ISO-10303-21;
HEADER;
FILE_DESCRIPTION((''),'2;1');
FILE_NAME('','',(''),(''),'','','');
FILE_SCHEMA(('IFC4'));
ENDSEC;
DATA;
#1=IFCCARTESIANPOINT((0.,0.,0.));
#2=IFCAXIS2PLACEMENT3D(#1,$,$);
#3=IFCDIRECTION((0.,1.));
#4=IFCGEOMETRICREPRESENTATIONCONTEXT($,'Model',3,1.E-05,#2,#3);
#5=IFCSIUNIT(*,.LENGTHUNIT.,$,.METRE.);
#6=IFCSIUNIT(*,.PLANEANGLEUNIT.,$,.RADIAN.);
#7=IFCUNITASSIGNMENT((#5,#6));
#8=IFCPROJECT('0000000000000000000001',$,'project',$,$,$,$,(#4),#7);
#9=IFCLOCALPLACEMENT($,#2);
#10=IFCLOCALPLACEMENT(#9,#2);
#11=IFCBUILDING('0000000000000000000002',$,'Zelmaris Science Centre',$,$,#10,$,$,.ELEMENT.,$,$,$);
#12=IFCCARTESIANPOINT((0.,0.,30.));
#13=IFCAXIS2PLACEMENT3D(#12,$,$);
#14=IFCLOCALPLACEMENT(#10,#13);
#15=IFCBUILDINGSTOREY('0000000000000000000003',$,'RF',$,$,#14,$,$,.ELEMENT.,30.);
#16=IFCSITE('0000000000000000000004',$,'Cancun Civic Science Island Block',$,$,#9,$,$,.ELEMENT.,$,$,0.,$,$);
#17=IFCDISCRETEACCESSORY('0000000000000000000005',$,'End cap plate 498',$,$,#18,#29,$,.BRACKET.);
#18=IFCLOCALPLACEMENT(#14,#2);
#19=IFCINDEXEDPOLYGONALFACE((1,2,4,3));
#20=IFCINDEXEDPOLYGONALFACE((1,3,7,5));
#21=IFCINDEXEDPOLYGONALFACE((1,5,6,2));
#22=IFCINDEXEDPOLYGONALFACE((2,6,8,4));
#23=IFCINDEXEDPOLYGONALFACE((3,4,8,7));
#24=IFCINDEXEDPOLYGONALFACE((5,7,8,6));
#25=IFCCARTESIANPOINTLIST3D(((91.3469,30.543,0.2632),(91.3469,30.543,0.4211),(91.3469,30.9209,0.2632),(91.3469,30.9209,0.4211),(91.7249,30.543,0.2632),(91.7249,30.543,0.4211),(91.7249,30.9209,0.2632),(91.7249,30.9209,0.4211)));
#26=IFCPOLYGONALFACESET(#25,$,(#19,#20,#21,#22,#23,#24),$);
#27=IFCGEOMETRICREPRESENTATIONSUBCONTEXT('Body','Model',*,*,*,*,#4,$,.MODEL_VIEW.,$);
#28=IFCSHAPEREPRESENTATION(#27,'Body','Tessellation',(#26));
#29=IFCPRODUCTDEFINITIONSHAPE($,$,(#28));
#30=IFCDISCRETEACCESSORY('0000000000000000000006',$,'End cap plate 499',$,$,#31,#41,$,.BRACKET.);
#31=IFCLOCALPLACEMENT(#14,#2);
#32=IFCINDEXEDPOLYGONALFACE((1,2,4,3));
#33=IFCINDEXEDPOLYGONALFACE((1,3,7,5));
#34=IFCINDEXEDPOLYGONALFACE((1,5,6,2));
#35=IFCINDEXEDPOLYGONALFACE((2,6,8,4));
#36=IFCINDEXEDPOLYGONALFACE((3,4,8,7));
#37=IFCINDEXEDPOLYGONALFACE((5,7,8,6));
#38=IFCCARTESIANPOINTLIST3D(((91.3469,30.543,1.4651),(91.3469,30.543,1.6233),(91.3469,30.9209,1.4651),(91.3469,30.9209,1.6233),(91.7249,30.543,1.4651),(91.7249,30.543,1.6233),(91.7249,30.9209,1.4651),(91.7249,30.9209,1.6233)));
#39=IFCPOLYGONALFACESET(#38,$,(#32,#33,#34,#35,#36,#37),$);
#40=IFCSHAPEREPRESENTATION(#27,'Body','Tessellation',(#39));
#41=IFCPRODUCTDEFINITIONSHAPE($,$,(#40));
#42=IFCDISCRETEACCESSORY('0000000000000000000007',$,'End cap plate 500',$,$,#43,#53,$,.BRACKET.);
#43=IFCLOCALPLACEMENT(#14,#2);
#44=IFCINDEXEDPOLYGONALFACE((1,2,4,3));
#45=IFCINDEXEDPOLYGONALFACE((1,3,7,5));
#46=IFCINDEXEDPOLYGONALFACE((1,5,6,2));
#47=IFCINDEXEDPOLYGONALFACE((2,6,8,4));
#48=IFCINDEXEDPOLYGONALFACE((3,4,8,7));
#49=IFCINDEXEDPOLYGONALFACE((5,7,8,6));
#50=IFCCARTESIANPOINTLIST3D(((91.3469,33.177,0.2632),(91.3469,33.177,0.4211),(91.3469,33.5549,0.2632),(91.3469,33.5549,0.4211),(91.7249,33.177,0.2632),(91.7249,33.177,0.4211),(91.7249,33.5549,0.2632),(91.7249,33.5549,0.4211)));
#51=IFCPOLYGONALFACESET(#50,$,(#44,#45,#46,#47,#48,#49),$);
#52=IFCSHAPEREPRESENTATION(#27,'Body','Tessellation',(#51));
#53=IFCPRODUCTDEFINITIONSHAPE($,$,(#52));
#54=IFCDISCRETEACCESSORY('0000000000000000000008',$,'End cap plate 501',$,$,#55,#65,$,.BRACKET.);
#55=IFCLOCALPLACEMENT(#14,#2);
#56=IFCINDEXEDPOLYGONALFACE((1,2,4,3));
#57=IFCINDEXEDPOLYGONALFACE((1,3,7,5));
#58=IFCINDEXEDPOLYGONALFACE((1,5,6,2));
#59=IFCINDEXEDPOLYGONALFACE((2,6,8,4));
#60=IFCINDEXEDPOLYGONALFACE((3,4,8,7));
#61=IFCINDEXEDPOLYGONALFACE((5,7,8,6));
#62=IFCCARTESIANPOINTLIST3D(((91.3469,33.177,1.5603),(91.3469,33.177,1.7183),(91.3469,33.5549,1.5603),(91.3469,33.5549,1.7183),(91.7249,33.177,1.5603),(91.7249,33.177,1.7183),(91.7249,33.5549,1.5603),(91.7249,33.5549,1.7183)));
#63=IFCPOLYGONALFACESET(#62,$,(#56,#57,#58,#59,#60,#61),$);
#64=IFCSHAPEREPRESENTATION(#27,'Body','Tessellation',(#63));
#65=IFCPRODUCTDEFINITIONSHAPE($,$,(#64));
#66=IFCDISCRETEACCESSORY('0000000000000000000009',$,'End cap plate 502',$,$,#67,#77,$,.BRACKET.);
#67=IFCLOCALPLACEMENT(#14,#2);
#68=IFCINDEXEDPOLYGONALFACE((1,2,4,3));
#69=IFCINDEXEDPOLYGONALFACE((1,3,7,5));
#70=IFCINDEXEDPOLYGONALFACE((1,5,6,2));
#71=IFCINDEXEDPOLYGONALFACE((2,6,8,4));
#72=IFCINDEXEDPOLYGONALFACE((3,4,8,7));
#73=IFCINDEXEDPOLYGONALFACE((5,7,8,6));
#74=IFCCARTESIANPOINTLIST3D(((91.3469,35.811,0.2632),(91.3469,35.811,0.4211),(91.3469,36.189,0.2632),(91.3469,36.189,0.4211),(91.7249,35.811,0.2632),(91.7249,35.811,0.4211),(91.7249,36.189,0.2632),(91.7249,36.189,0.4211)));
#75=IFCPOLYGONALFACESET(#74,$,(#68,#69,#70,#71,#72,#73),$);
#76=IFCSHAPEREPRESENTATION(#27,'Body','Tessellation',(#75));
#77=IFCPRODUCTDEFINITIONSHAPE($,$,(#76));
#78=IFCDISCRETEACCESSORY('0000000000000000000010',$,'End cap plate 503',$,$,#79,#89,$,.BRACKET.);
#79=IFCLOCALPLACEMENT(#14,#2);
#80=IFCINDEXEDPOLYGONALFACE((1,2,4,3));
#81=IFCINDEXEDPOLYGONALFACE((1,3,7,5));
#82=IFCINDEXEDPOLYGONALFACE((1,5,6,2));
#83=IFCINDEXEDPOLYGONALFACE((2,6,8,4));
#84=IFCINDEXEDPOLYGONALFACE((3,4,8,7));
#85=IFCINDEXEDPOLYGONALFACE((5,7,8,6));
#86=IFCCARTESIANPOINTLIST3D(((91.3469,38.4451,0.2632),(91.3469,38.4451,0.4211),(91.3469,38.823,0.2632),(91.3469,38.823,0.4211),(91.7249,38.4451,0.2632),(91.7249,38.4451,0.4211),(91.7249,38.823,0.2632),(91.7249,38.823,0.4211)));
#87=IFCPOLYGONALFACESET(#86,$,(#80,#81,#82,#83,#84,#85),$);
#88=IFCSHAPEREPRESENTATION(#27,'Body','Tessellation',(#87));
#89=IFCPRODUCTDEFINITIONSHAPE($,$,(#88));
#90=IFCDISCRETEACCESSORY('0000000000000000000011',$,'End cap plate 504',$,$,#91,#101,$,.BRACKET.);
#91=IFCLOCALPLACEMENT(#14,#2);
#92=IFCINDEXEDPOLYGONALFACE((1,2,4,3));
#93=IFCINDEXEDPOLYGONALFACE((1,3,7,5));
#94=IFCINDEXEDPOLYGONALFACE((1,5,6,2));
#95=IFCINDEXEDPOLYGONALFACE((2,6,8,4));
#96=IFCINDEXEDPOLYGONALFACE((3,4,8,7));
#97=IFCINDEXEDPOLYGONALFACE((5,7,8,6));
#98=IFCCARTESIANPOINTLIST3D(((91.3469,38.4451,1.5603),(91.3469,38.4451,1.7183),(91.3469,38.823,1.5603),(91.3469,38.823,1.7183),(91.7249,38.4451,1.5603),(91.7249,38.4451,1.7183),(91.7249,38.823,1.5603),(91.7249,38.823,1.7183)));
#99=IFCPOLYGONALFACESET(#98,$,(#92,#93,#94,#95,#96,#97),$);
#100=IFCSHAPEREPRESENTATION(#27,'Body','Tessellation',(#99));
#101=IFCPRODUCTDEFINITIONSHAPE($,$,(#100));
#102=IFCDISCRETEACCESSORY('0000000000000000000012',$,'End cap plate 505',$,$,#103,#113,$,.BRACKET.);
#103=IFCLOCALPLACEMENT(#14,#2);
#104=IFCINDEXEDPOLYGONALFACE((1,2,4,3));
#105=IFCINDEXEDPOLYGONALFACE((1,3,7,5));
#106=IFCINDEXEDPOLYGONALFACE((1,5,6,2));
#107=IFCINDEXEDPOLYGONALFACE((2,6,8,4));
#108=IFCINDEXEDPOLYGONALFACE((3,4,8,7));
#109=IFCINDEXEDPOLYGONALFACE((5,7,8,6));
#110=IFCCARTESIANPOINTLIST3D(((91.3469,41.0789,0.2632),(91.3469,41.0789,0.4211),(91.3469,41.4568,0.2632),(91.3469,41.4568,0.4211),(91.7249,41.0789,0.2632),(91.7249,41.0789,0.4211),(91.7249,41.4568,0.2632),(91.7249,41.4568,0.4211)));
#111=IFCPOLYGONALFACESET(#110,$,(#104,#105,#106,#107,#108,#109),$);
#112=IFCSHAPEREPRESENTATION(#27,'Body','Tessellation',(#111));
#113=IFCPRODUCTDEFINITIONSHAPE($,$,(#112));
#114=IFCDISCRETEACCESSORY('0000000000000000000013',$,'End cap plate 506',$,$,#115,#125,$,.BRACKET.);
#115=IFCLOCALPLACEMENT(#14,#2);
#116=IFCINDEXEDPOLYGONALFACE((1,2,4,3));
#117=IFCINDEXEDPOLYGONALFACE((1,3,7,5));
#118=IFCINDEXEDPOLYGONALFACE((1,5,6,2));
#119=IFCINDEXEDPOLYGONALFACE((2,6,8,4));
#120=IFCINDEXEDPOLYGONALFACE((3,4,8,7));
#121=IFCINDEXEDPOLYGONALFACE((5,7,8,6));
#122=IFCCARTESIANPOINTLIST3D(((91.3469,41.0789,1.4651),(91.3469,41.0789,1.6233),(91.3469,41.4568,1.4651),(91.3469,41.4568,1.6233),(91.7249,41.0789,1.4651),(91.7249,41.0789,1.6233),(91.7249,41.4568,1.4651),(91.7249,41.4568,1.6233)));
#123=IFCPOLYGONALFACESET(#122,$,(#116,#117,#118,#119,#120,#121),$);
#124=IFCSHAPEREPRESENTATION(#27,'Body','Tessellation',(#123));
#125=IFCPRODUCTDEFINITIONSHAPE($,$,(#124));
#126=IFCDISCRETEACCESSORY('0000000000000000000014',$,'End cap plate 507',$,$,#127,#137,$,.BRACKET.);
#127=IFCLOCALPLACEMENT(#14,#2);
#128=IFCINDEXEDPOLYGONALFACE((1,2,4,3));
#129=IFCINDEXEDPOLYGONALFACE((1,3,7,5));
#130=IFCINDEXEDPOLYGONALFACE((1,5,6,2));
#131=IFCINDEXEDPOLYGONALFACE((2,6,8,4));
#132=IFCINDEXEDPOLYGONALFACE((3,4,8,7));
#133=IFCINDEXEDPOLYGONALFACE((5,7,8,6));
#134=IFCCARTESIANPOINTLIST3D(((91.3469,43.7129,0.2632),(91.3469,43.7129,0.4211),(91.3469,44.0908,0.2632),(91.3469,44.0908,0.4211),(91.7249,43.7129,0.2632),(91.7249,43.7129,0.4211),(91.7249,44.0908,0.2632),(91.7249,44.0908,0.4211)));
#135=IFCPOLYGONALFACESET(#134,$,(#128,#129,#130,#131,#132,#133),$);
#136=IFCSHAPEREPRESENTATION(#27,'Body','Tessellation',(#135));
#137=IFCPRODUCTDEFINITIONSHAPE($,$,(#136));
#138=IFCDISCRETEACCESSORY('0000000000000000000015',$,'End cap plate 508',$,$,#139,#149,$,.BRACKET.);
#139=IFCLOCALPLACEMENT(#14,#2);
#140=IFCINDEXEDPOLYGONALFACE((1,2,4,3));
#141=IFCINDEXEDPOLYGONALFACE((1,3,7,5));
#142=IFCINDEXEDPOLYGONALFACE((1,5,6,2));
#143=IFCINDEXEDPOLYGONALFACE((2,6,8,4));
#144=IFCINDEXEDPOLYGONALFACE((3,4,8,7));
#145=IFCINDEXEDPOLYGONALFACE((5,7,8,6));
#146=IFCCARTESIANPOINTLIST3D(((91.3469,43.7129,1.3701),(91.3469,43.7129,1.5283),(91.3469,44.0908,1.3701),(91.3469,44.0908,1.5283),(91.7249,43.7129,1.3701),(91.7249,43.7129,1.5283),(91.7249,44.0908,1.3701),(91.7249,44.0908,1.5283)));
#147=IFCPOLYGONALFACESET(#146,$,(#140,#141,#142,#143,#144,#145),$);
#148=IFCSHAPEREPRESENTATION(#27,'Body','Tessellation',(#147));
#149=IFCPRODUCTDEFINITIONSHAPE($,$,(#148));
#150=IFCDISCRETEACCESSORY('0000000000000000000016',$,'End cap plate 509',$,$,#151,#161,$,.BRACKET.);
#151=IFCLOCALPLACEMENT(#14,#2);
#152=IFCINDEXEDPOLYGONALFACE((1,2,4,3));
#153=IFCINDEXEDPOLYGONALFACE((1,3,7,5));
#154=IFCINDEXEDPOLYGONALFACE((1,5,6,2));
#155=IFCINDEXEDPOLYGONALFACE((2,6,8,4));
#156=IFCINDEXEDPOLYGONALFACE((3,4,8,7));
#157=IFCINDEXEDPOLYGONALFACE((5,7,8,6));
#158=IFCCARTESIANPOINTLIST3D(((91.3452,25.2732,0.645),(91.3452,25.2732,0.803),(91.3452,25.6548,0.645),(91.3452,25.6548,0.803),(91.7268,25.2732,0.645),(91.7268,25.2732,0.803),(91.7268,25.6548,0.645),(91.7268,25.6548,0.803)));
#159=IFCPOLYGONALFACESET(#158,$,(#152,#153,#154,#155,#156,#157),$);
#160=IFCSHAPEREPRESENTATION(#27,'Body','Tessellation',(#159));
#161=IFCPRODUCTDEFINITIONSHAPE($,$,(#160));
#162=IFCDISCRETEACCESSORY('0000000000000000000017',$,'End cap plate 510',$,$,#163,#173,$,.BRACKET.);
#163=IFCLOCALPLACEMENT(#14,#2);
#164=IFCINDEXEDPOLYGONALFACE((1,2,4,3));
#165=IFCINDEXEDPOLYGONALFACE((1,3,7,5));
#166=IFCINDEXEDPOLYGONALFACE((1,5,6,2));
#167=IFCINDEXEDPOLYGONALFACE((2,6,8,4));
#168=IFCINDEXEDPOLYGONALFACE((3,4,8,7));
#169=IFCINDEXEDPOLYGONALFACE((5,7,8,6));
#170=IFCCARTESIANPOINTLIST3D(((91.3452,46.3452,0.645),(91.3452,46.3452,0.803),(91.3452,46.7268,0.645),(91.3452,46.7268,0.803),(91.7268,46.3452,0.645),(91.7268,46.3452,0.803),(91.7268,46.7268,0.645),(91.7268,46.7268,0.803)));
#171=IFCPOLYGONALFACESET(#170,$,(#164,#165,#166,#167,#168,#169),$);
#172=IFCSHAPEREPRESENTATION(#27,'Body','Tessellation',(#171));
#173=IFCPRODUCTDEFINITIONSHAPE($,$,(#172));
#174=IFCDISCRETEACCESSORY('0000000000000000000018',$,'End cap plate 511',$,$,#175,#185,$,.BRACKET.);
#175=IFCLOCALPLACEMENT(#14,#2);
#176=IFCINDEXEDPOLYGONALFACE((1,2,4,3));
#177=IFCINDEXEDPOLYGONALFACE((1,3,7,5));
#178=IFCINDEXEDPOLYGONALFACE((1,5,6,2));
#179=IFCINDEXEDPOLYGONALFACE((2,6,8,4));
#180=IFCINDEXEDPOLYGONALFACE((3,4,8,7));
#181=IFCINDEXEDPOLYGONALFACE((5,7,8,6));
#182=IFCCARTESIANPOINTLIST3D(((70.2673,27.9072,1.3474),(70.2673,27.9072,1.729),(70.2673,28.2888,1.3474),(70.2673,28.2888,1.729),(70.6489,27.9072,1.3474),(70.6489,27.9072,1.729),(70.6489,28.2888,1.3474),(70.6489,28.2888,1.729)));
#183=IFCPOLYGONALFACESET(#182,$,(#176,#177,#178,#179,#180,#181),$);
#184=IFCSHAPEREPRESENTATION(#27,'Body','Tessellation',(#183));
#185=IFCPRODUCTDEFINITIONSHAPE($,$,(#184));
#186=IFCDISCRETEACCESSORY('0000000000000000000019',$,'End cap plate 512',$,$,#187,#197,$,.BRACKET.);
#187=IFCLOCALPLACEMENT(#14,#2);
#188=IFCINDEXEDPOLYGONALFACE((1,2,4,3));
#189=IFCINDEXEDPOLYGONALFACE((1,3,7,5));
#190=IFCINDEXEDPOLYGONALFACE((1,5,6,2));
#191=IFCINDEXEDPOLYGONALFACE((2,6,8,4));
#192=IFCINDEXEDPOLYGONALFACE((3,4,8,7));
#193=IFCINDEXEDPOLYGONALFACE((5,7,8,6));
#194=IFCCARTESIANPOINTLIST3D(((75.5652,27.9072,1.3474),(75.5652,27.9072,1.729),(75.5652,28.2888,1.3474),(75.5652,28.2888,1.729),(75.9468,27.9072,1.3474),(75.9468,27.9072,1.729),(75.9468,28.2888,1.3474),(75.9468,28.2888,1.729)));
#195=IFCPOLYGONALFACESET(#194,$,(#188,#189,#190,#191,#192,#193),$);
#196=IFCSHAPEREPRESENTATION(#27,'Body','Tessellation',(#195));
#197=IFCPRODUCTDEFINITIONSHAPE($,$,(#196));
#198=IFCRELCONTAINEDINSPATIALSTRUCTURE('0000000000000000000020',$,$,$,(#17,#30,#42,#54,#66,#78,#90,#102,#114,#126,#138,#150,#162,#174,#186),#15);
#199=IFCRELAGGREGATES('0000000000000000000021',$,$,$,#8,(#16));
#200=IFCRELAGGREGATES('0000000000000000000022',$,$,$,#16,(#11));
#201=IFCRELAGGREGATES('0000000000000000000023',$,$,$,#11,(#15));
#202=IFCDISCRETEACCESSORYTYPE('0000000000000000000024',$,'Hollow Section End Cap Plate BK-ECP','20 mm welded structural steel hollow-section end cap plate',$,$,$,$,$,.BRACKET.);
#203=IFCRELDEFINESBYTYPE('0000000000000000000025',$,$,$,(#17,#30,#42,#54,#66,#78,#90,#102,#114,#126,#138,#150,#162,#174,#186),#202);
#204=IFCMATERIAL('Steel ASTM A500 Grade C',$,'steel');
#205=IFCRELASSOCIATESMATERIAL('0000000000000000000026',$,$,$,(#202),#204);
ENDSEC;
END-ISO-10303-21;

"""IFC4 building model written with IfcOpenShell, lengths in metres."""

from ifc_helpers import new_model, si_unit, direction, frame, origin, place, context, subcontext, project, spatial, polyline, outline, extrude, material, type_object, element, save


model = new_model("IFC4")

# Units and contexts
model_context = context("Model", 3, precision=1e-05, world=origin(), true_north=direction((0.0, 1.0)))
body_context = subcontext(model_context, "Body", "Model", "MODEL_VIEW")
ifc_project = project(units=[si_unit("LENGTHUNIT", "METRE"), si_unit("PLANEANGLEUNIT", "RADIAN")], contexts=[model_context])

# Site, building, storey
site_placement = place(None, origin())
site = spatial("IfcSite", under=ifc_project, at=site_placement, Name="Cancun Civic Science Island Block", CompositionType="ELEMENT", RefElevation=0.0)
building_placement = place(site_placement, origin())
building = spatial("IfcBuilding", under=site, at=building_placement, Name="Zelmaris Science Centre", CompositionType="ELEMENT")
storey_placement = place(building_placement, frame((0.0, 0.0, 30.0)))
storey = spatial("IfcBuildingStorey", under=building, at=storey_placement, Name="RF", CompositionType="ELEMENT", Elevation=30.0)

# Discrete accessories
ifc_material = material(Name="Steel ASTM A500 Grade C", Category="steel")
discrete_accessory_type = type_object("IfcDiscreteAccessoryType", Name="Hollow Section End Cap Plate BK-ECP", Description="20 mm welded structural steel hollow-section end cap plate", PredefinedType="BRACKET", material=ifc_material)
discrete_accessory_1_placement = place(storey_placement, frame((0.0, 0.0, 0.2632)))
element("IfcDiscreteAccessory", 1, at=discrete_accessory_1_placement, inside=storey, type_object=discrete_accessory_type, Name="End cap plate 498", PredefinedType="BRACKET", context=body_context, shape_type="SweptSolid", body=[
    extrude(outline(polyline([(91.3469, 30.543), (91.7249, 30.543), (91.7249, 30.9209), (91.3469, 30.9209), (91.3469, 30.543)])), origin(), (0.0, 0.0, 1.0), 0.158),
])
discrete_accessory_2_placement = place(storey_placement, frame((0.0, 0.0, 1.4651)))
element("IfcDiscreteAccessory", 2, at=discrete_accessory_2_placement, inside=storey, type_object=discrete_accessory_type, Name="End cap plate 499", PredefinedType="BRACKET", context=body_context, shape_type="SweptSolid", body=[
    extrude(outline(polyline([(91.3469, 30.543), (91.7249, 30.543), (91.7249, 30.9209), (91.3469, 30.9209), (91.3469, 30.543)])), origin(), (0.0, 0.0, 1.0), 0.1582),
])
for number, where, name in (
    (3, (0.0, 0.0, 0.2632), "End cap plate 500"),
    (4, (0.0, 0.0, 1.5603), "End cap plate 501"),
):
    element("IfcDiscreteAccessory", number, at=place(storey_placement, frame(where)), inside=storey, type_object=discrete_accessory_type, Name=name, PredefinedType="BRACKET", context=body_context, shape_type="SweptSolid", body=[
        extrude(outline(polyline([(91.3469, 33.177), (91.7249, 33.177), (91.7249, 33.5549), (91.3469, 33.5549), (91.3469, 33.177)])), origin(), (0.0, 0.0, 1.0), 0.158),
    ])
discrete_accessory_3_placement = place(storey_placement, frame((0.0, 0.0, 0.2632)))
element("IfcDiscreteAccessory", 5, at=discrete_accessory_3_placement, inside=storey, type_object=discrete_accessory_type, Name="End cap plate 502", PredefinedType="BRACKET", context=body_context, shape_type="SweptSolid", body=[
    extrude(outline(polyline([(91.3469, 35.811), (91.7249, 35.811), (91.7249, 36.189), (91.3469, 36.189), (91.3469, 35.811)])), origin(), (0.0, 0.0, 1.0), 0.158),
])
for number, where, name in (
    (6, (0.0, 0.0, 0.2632), "End cap plate 503"),
    (7, (0.0, 0.0, 1.5603), "End cap plate 504"),
):
    element("IfcDiscreteAccessory", number, at=place(storey_placement, frame(where)), inside=storey, type_object=discrete_accessory_type, Name=name, PredefinedType="BRACKET", context=body_context, shape_type="SweptSolid", body=[
        extrude(outline(polyline([(91.3469, 38.4451), (91.7249, 38.4451), (91.7249, 38.823), (91.3469, 38.823), (91.3469, 38.4451)])), origin(), (0.0, 0.0, 1.0), 0.158),
    ])
discrete_accessory_4_placement = place(storey_placement, frame((0.0, 0.0, 0.2632)))
element("IfcDiscreteAccessory", 8, at=discrete_accessory_4_placement, inside=storey, type_object=discrete_accessory_type, Name="End cap plate 505", PredefinedType="BRACKET", context=body_context, shape_type="SweptSolid", body=[
    extrude(outline(polyline([(91.3469, 41.0789), (91.7249, 41.0789), (91.7249, 41.4568), (91.3469, 41.4568), (91.3469, 41.0789)])), origin(), (0.0, 0.0, 1.0), 0.158),
])
discrete_accessory_5_placement = place(storey_placement, frame((0.0, 0.0, 1.4651)))
element("IfcDiscreteAccessory", 9, at=discrete_accessory_5_placement, inside=storey, type_object=discrete_accessory_type, Name="End cap plate 506", PredefinedType="BRACKET", context=body_context, shape_type="SweptSolid", body=[
    extrude(outline(polyline([(91.3469, 41.0789), (91.7249, 41.0789), (91.7249, 41.4568), (91.3469, 41.4568), (91.3469, 41.0789)])), origin(), (0.0, 0.0, 1.0), 0.1582),
])
discrete_accessory_6_placement = place(storey_placement, frame((0.0, 0.0, 0.2632)))
element("IfcDiscreteAccessory", 10, at=discrete_accessory_6_placement, inside=storey, type_object=discrete_accessory_type, Name="End cap plate 507", PredefinedType="BRACKET", context=body_context, shape_type="SweptSolid", body=[
    extrude(outline(polyline([(91.3469, 43.7129), (91.7249, 43.7129), (91.7249, 44.0908), (91.3469, 44.0908), (91.3469, 43.7129)])), origin(), (0.0, 0.0, 1.0), 0.158),
])
discrete_accessory_7_placement = place(storey_placement, frame((0.0, 0.0, 1.3701)))
element("IfcDiscreteAccessory", 11, at=discrete_accessory_7_placement, inside=storey, type_object=discrete_accessory_type, Name="End cap plate 508", PredefinedType="BRACKET", context=body_context, shape_type="SweptSolid", body=[
    extrude(outline(polyline([(91.3469, 43.7129), (91.7249, 43.7129), (91.7249, 44.0908), (91.3469, 44.0908), (91.3469, 43.7129)])), origin(), (0.0, 0.0, 1.0), 0.1582),
])
discrete_accessory_8_placement = place(storey_placement, frame((0.0, 0.0, 0.645)))
element("IfcDiscreteAccessory", 12, at=discrete_accessory_8_placement, inside=storey, type_object=discrete_accessory_type, Name="End cap plate 509", PredefinedType="BRACKET", context=body_context, shape_type="SweptSolid", body=[
    extrude(outline(polyline([(91.3452, 25.2732), (91.7268, 25.2732), (91.7268, 25.6548), (91.3452, 25.6548), (91.3452, 25.2732)])), origin(), (0.0, 0.0, 1.0), 0.158),
])
discrete_accessory_9_placement = place(storey_placement, frame((0.0, 0.0, 0.645)))
element("IfcDiscreteAccessory", 13, at=discrete_accessory_9_placement, inside=storey, type_object=discrete_accessory_type, Name="End cap plate 510", PredefinedType="BRACKET", context=body_context, shape_type="SweptSolid", body=[
    extrude(outline(polyline([(91.3452, 46.3452), (91.7268, 46.3452), (91.7268, 46.7268), (91.3452, 46.7268), (91.3452, 46.3452)])), origin(), (0.0, 0.0, 1.0), 0.158),
])
discrete_accessory_10_placement = place(storey_placement, frame((0.0, 0.0, 1.3474)))
element("IfcDiscreteAccessory", 14, at=discrete_accessory_10_placement, inside=storey, type_object=discrete_accessory_type, Name="End cap plate 511", PredefinedType="BRACKET", context=body_context, shape_type="SweptSolid", body=[
    extrude(outline(polyline([(70.2673, 27.9072), (70.6489, 27.9072), (70.6489, 28.2888), (70.2673, 28.2888), (70.2673, 27.9072)])), origin(), (0.0, 0.0, 1.0), 0.3816),
])
discrete_accessory_11_placement = place(storey_placement, frame((0.0, 0.0, 1.3474)))
element("IfcDiscreteAccessory", 15, at=discrete_accessory_11_placement, inside=storey, type_object=discrete_accessory_type, Name="End cap plate 512", PredefinedType="BRACKET", context=body_context, shape_type="SweptSolid", body=[
    extrude(outline(polyline([(75.5652, 27.9072), (75.9468, 27.9072), (75.9468, 28.2888), (75.5652, 28.2888), (75.5652, 27.9072)])), origin(), (0.0, 0.0, 1.0), 0.3816),
])

save(model, "model.ifc")
